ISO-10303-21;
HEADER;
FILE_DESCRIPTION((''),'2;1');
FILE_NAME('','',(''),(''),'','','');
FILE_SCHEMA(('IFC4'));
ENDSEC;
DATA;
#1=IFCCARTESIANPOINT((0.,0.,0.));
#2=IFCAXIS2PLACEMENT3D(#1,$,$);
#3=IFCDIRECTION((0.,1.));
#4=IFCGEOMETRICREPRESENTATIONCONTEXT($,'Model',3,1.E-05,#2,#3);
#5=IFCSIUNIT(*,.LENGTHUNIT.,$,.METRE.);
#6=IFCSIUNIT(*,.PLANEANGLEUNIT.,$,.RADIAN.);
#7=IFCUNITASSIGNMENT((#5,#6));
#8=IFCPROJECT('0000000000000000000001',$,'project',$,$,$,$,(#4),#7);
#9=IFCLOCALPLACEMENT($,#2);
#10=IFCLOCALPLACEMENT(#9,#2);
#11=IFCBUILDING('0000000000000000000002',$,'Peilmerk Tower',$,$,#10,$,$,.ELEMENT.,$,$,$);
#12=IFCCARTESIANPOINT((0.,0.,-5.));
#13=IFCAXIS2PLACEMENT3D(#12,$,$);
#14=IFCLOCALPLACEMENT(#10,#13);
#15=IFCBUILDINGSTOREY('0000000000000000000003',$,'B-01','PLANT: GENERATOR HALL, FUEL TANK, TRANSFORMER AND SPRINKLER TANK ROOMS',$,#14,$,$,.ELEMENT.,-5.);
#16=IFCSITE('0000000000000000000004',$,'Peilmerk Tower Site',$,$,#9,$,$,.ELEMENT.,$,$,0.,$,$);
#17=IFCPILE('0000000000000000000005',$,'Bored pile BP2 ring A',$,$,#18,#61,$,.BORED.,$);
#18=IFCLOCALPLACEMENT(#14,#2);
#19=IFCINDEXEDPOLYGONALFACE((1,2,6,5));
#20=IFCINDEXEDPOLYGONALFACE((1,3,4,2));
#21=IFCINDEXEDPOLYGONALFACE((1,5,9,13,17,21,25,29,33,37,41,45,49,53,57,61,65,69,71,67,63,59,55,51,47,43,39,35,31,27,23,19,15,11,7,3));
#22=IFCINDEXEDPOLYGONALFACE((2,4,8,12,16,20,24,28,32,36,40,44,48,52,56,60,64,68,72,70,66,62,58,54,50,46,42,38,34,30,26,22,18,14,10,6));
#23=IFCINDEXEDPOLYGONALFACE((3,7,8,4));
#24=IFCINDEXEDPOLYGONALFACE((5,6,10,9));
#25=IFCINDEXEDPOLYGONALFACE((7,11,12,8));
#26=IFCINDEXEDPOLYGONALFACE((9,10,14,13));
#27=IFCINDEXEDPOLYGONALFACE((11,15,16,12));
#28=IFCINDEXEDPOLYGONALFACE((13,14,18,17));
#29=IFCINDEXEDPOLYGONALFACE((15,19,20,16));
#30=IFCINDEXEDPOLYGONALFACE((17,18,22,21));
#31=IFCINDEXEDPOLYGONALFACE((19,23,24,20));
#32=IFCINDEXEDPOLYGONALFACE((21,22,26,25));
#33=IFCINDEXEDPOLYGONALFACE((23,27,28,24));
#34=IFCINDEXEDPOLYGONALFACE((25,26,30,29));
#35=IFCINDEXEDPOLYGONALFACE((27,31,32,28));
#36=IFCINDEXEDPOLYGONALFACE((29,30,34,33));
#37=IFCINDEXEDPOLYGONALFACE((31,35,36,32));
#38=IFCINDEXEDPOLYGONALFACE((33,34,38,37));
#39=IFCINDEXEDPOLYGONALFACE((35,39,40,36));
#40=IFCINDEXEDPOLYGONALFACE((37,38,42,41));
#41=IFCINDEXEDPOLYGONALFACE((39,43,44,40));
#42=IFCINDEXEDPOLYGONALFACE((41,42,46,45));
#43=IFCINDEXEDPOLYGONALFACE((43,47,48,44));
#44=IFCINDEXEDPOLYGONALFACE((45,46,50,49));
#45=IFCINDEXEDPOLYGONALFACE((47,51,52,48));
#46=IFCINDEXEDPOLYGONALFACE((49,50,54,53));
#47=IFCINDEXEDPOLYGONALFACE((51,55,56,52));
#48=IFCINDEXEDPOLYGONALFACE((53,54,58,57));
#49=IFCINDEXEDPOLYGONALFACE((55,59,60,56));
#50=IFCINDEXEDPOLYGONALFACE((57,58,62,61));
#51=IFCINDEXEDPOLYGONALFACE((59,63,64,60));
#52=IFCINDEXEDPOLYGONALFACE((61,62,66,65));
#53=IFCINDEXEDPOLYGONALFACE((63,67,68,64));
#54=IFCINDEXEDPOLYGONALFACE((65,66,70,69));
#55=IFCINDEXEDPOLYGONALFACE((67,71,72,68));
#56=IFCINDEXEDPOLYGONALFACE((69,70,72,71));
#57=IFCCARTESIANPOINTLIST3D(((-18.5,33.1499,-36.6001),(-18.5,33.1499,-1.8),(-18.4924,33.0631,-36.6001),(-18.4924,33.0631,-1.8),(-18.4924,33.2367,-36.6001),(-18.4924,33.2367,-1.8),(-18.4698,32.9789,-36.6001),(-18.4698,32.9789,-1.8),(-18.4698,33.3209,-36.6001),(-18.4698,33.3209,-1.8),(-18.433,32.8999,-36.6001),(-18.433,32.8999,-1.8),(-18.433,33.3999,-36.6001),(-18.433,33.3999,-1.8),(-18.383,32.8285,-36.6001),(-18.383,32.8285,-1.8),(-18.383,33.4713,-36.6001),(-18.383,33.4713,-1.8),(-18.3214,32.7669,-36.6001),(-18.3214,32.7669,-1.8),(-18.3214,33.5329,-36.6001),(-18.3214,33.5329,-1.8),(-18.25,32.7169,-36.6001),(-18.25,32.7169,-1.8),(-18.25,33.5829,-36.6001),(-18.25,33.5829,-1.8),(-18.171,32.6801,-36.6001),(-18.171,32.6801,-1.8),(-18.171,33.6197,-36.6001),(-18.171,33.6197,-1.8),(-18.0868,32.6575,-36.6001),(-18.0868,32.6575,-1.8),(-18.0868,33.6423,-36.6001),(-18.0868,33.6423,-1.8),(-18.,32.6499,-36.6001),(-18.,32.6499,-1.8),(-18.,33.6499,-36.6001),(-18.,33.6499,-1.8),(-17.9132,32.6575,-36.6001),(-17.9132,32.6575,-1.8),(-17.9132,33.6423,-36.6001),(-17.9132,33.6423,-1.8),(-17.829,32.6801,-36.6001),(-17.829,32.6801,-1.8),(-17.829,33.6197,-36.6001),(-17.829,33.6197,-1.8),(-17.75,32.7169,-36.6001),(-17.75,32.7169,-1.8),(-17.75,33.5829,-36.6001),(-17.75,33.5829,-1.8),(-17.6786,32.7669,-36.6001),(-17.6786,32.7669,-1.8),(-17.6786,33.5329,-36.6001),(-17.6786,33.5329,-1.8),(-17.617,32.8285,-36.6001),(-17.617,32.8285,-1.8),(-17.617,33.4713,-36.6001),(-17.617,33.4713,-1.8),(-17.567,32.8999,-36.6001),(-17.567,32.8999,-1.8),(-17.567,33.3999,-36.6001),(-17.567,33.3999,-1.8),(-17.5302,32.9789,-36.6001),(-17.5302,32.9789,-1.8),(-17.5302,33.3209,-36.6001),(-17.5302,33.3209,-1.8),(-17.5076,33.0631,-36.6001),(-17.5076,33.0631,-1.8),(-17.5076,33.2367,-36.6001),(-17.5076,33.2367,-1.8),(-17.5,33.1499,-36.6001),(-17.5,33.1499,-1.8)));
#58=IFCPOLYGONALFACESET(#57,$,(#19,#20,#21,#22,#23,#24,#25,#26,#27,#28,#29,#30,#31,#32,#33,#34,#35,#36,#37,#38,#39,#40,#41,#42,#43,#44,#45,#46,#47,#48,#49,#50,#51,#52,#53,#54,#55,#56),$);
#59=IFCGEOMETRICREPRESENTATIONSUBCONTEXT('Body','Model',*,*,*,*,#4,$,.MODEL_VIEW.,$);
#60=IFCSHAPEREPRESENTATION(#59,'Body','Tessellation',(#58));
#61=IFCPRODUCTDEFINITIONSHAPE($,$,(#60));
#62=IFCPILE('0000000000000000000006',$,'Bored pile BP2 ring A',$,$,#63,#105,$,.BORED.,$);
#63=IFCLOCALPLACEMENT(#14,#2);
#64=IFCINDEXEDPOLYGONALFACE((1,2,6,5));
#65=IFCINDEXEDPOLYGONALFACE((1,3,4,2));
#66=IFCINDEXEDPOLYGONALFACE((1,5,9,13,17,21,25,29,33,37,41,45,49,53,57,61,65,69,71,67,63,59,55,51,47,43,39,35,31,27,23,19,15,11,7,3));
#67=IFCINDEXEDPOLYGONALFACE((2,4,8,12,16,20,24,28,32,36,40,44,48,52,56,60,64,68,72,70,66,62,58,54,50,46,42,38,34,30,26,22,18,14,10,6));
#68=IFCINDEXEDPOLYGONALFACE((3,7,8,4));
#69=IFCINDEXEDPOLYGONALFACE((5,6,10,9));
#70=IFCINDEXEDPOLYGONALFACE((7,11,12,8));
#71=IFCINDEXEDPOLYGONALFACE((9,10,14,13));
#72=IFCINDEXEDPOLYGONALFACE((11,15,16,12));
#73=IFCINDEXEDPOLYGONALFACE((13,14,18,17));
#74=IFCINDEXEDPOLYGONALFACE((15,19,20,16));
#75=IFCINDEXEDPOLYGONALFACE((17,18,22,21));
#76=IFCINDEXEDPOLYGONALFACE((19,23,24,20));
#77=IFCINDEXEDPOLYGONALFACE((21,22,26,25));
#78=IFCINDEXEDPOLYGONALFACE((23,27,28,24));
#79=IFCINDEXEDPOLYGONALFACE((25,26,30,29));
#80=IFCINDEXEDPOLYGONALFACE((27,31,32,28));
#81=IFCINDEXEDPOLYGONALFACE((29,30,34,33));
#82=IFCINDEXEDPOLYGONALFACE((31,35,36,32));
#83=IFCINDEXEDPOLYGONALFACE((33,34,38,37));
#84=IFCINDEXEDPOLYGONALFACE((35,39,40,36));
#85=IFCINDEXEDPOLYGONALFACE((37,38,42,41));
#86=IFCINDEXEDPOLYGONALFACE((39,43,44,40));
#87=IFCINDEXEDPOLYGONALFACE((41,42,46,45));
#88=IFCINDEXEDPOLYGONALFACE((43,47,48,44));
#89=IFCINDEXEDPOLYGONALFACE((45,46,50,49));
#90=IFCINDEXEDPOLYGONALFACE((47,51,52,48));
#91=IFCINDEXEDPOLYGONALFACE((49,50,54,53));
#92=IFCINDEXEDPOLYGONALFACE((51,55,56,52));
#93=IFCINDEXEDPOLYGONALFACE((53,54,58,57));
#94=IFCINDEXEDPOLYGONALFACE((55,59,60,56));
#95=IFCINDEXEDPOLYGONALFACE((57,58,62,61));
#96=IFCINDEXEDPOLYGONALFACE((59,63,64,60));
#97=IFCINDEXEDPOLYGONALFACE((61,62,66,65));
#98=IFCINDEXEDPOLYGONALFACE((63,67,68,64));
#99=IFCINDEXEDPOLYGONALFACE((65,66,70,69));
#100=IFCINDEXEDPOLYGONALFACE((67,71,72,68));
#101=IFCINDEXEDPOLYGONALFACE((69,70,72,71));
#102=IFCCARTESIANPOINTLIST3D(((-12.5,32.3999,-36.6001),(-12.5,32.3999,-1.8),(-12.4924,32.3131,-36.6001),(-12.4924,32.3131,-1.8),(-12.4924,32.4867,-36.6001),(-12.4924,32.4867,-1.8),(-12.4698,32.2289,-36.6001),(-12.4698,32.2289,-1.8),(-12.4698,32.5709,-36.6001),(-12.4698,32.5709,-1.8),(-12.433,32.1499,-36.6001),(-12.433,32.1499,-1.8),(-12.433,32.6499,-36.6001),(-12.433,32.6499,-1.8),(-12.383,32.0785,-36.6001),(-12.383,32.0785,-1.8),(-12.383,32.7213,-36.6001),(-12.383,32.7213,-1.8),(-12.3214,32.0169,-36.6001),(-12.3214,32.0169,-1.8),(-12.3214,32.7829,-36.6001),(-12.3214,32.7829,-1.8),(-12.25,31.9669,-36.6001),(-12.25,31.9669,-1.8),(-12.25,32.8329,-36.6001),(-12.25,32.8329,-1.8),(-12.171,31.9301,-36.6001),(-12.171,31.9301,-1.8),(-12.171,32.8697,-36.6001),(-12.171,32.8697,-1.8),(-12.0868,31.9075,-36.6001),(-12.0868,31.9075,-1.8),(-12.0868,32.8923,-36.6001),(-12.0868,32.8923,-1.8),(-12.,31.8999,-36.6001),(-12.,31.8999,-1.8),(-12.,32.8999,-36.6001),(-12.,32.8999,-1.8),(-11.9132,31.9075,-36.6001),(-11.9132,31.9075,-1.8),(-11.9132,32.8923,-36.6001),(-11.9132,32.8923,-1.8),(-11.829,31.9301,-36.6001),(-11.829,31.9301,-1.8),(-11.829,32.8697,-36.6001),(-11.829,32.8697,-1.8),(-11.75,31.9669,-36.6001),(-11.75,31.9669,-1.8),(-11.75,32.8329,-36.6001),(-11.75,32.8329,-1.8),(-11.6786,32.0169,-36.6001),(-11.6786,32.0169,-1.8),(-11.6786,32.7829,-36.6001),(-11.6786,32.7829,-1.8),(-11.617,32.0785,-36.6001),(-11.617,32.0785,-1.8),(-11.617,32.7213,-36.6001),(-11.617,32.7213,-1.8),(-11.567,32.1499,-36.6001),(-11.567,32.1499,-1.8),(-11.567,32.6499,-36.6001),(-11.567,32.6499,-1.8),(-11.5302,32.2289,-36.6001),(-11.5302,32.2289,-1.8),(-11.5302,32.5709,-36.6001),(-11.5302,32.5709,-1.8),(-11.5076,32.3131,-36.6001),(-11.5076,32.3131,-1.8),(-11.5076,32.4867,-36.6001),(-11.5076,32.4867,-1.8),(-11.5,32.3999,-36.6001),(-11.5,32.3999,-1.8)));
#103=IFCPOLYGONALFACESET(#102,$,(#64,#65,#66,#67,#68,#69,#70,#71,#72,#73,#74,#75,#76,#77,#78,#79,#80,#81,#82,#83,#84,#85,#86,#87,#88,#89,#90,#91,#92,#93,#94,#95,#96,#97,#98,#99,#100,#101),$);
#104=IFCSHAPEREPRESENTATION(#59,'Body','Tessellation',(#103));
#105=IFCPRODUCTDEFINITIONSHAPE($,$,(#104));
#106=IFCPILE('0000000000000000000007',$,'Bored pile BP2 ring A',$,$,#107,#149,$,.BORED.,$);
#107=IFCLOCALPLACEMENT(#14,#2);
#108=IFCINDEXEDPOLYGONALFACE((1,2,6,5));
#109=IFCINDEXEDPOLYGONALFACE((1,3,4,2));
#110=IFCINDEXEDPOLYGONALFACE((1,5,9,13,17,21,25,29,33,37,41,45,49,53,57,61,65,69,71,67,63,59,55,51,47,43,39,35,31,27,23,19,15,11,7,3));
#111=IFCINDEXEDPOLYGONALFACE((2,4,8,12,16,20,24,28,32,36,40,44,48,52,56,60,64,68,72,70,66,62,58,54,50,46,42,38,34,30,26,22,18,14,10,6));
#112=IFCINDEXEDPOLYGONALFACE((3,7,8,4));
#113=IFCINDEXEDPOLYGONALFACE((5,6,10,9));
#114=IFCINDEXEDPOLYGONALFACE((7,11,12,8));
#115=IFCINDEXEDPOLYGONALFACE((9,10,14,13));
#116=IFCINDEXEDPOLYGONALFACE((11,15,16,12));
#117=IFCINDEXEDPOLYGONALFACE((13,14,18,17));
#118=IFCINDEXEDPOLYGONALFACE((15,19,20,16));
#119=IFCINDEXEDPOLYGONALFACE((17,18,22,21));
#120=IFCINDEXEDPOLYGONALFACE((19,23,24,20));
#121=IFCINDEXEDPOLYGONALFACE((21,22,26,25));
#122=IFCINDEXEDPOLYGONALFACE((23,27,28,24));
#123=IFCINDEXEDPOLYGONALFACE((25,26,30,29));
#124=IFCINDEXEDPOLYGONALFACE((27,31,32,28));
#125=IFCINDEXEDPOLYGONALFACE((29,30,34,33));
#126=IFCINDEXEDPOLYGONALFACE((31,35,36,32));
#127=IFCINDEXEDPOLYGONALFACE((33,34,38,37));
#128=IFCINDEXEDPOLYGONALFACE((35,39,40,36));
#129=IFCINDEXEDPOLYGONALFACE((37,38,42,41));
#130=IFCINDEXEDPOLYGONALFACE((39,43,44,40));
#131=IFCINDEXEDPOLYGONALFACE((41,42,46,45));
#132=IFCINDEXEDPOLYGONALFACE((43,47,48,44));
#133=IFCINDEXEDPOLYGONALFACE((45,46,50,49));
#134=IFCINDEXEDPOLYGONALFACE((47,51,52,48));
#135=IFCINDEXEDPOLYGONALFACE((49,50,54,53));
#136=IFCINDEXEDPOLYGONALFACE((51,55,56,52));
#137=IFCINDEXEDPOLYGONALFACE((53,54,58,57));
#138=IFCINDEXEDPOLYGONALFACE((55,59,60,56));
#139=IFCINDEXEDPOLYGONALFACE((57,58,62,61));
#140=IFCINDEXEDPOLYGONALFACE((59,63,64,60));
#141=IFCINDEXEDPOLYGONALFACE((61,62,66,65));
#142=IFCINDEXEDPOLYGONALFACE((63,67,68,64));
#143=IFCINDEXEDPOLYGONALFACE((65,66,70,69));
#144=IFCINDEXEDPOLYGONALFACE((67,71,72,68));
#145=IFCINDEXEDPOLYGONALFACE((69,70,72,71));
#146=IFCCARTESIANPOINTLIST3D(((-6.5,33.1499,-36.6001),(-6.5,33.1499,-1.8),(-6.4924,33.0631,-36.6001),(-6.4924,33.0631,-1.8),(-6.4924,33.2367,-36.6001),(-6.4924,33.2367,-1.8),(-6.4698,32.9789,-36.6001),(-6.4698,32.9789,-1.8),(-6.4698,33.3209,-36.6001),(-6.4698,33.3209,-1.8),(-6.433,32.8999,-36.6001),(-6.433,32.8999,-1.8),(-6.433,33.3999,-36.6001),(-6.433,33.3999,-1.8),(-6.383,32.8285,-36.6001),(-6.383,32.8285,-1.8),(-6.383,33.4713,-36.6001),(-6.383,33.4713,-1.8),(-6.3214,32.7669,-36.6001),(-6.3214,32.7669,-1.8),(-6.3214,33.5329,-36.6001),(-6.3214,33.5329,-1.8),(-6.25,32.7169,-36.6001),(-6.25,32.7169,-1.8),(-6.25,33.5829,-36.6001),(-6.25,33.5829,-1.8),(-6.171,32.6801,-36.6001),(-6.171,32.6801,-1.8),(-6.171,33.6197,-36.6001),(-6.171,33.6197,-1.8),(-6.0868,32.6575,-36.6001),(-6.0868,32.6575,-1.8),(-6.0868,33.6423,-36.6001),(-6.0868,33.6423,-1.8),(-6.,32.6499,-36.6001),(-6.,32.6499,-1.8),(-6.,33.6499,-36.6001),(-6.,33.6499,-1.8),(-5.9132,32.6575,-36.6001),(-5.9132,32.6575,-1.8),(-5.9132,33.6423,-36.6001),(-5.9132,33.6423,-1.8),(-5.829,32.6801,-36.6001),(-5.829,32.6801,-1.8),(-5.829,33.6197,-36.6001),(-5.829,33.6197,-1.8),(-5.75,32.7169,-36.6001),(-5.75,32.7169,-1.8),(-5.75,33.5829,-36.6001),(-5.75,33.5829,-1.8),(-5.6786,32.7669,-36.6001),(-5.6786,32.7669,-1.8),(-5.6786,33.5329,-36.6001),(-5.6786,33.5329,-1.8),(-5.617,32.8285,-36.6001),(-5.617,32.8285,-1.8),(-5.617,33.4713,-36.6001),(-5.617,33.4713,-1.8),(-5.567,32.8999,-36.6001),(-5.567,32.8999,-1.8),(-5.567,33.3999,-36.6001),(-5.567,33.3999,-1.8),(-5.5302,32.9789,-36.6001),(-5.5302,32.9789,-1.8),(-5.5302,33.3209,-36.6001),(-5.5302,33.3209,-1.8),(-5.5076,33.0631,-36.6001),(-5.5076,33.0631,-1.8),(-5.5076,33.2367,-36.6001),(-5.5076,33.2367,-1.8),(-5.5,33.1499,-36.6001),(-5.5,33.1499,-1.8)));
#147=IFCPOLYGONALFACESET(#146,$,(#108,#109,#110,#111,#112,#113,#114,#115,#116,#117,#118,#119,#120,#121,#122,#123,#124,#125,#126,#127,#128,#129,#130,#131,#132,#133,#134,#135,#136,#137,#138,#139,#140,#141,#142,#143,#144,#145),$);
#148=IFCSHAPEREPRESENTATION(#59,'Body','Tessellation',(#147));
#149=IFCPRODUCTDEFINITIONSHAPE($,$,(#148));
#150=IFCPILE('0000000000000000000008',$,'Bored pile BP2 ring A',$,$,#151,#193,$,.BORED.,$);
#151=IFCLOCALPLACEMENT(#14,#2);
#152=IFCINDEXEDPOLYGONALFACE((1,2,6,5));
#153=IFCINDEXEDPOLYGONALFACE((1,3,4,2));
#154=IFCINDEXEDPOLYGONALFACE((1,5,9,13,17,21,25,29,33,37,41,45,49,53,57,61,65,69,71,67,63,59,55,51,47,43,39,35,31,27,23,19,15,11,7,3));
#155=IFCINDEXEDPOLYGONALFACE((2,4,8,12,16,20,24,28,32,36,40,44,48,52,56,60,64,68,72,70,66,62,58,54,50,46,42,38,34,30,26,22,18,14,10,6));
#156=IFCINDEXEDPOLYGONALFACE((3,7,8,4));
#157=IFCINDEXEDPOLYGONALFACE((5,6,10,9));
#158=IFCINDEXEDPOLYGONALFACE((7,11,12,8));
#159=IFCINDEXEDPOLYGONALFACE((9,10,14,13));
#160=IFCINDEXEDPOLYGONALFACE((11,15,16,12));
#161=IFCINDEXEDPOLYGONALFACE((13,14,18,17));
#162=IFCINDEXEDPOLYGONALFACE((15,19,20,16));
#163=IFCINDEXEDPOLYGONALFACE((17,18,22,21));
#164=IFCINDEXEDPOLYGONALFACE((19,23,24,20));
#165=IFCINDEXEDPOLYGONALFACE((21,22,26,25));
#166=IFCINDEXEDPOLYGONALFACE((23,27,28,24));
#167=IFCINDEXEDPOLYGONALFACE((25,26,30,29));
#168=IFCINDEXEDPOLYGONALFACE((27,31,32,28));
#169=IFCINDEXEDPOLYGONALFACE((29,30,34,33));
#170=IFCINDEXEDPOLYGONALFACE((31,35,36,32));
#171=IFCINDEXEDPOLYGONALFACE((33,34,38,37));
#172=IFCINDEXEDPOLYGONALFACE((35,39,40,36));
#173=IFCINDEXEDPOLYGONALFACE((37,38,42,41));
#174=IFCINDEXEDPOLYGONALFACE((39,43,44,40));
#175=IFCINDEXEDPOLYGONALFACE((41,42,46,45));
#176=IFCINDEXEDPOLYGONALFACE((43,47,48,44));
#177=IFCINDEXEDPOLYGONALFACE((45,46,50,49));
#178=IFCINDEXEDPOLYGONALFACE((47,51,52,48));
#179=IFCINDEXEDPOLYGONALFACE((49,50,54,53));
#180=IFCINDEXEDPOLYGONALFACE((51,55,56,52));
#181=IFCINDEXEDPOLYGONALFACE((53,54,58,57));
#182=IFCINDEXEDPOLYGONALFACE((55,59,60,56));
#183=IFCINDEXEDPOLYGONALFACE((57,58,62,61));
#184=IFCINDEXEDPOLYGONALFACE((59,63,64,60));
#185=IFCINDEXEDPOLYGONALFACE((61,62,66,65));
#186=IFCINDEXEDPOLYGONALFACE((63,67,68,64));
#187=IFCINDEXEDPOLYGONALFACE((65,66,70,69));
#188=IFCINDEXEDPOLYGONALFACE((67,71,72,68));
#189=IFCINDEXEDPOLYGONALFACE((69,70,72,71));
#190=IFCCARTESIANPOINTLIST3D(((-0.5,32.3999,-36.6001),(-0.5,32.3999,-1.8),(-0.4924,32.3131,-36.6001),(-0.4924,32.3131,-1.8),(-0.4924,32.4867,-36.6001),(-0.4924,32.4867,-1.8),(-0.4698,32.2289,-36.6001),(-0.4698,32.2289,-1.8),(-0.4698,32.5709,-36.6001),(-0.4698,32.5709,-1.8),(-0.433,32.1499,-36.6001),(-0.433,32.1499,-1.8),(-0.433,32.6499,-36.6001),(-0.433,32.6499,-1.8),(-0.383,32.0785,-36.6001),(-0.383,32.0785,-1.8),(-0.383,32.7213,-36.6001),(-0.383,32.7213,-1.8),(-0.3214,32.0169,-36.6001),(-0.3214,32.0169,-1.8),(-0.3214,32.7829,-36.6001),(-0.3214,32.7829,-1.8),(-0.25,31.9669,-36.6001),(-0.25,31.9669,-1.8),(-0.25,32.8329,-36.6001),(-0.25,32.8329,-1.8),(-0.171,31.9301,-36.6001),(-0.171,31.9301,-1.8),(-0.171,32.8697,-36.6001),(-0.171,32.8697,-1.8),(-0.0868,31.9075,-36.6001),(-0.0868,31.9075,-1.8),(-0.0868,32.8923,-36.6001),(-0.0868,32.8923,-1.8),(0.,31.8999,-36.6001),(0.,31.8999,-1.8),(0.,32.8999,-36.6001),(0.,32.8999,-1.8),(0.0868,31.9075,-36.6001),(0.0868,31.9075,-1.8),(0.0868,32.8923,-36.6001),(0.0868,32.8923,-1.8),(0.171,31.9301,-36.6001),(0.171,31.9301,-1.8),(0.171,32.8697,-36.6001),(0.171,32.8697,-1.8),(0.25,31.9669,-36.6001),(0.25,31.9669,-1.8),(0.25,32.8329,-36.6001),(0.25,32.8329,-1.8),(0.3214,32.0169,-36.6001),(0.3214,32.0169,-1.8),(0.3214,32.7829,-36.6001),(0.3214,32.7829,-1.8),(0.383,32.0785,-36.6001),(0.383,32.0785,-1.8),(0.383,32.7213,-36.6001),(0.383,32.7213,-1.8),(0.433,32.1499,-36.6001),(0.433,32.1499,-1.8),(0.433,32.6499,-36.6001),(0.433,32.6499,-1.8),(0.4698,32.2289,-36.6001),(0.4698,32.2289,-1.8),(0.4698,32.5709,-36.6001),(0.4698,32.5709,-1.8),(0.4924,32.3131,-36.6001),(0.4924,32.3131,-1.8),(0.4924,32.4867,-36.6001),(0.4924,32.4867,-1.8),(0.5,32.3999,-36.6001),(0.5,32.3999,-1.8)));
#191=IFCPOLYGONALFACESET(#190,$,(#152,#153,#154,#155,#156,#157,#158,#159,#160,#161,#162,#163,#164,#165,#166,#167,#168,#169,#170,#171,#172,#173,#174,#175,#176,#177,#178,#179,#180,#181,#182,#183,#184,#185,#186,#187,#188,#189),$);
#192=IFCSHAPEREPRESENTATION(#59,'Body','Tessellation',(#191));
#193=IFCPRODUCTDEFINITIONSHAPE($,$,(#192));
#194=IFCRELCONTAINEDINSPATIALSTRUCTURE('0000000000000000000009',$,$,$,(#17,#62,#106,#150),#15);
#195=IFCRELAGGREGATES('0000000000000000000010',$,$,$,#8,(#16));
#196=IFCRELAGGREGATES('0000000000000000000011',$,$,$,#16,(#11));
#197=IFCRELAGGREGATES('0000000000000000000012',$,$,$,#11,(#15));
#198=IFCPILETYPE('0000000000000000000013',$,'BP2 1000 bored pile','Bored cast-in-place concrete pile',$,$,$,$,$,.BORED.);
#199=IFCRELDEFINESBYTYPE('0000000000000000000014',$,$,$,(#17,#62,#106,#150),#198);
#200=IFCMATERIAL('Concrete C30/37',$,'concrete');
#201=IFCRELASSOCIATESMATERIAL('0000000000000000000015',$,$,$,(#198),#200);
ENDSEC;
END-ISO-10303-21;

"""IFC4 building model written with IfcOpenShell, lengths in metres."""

from ifc_helpers import new_model, si_unit, direction, frame, origin, origin_2d, place, context, subcontext, project, spatial, circle, extrude, material, material_profile, profile_set, type_object, element, save


model = new_model("IFC4")

# Units and contexts
model_context = context("Model", 3, precision=1e-05, world=origin(), true_north=direction((0.0, 1.0)))
body_context = subcontext(model_context, "Body", "Model", "MODEL_VIEW")
ifc_project = project(units=[si_unit("LENGTHUNIT", "METRE"), si_unit("PLANEANGLEUNIT", "RADIAN")], contexts=[model_context])

# Site, building, storey
site_placement = place(None, origin())
site = spatial("IfcSite", under=ifc_project, at=site_placement, Name="Peilmerk Tower Site", CompositionType="ELEMENT", RefElevation=0.0)
building_placement = place(site_placement, origin())
building = spatial("IfcBuilding", under=site, at=building_placement, Name="Peilmerk Tower", CompositionType="ELEMENT")
storey_placement = place(building_placement, frame((0.0, 0.0, -5.0)))
storey = spatial("IfcBuildingStorey", under=building, at=storey_placement, Name="B-01", Description="PLANT: GENERATOR HALL, FUEL TANK, TRANSFORMER AND SPRINKLER TANK ROOMS", CompositionType="ELEMENT", Elevation=-5.0)

# Piles
ifc_material_1 = material(Name="Concrete C30/37", Category="concrete")
ifc_material_profile_1 = material_profile(ifc_material_1, circle(Radius=0.5, at=origin_2d()), Name="BP 1000")
ifc_profile_set_1 = profile_set([ifc_material_profile_1], Name="Concrete C30/37")
pile_type = type_object("IfcPileType", Name="BP2 1000 bored pile", Description="Bored cast-in-place concrete pile", PredefinedType="BORED", material=ifc_profile_set_1)
for number, where, z_axis, x_axis, name in (
    (1, (-18.0, 33.1499, -1.8), (0.0, 0.0, -1.0), (1.0, 0.0, 0.0), "Bored pile BP2 ring A"),
    (2, (-12.0, 32.3999, -1.8), (0.0, 0.0, -1.0), (1.0, 0.0, 0.0), "Bored pile BP2 ring A"),
    (3, (-6.0, 33.1499, -1.8), (0.0, 0.0, -1.0), (1.0, 0.0, 0.0), "Bored pile BP2 ring A"),
    (4, (0.0, 32.3999, -1.8), (0.0, 0.0, -1.0), (1.0, 0.0, 0.0), "Bored pile BP2 ring A"),
):
    element("IfcPile", number, at=place(storey_placement, frame(where, z_axis=z_axis, x_axis=x_axis)), inside=storey, type_object=pile_type, Name=name, PredefinedType="BORED", context=body_context, shape_type="SweptSolid", body=[
        extrude(circle(Radius=0.5, at=origin_2d()), origin(), (0.0, 0.0, 1.0), 34.8),
    ])

save(model, "model.ifc")
